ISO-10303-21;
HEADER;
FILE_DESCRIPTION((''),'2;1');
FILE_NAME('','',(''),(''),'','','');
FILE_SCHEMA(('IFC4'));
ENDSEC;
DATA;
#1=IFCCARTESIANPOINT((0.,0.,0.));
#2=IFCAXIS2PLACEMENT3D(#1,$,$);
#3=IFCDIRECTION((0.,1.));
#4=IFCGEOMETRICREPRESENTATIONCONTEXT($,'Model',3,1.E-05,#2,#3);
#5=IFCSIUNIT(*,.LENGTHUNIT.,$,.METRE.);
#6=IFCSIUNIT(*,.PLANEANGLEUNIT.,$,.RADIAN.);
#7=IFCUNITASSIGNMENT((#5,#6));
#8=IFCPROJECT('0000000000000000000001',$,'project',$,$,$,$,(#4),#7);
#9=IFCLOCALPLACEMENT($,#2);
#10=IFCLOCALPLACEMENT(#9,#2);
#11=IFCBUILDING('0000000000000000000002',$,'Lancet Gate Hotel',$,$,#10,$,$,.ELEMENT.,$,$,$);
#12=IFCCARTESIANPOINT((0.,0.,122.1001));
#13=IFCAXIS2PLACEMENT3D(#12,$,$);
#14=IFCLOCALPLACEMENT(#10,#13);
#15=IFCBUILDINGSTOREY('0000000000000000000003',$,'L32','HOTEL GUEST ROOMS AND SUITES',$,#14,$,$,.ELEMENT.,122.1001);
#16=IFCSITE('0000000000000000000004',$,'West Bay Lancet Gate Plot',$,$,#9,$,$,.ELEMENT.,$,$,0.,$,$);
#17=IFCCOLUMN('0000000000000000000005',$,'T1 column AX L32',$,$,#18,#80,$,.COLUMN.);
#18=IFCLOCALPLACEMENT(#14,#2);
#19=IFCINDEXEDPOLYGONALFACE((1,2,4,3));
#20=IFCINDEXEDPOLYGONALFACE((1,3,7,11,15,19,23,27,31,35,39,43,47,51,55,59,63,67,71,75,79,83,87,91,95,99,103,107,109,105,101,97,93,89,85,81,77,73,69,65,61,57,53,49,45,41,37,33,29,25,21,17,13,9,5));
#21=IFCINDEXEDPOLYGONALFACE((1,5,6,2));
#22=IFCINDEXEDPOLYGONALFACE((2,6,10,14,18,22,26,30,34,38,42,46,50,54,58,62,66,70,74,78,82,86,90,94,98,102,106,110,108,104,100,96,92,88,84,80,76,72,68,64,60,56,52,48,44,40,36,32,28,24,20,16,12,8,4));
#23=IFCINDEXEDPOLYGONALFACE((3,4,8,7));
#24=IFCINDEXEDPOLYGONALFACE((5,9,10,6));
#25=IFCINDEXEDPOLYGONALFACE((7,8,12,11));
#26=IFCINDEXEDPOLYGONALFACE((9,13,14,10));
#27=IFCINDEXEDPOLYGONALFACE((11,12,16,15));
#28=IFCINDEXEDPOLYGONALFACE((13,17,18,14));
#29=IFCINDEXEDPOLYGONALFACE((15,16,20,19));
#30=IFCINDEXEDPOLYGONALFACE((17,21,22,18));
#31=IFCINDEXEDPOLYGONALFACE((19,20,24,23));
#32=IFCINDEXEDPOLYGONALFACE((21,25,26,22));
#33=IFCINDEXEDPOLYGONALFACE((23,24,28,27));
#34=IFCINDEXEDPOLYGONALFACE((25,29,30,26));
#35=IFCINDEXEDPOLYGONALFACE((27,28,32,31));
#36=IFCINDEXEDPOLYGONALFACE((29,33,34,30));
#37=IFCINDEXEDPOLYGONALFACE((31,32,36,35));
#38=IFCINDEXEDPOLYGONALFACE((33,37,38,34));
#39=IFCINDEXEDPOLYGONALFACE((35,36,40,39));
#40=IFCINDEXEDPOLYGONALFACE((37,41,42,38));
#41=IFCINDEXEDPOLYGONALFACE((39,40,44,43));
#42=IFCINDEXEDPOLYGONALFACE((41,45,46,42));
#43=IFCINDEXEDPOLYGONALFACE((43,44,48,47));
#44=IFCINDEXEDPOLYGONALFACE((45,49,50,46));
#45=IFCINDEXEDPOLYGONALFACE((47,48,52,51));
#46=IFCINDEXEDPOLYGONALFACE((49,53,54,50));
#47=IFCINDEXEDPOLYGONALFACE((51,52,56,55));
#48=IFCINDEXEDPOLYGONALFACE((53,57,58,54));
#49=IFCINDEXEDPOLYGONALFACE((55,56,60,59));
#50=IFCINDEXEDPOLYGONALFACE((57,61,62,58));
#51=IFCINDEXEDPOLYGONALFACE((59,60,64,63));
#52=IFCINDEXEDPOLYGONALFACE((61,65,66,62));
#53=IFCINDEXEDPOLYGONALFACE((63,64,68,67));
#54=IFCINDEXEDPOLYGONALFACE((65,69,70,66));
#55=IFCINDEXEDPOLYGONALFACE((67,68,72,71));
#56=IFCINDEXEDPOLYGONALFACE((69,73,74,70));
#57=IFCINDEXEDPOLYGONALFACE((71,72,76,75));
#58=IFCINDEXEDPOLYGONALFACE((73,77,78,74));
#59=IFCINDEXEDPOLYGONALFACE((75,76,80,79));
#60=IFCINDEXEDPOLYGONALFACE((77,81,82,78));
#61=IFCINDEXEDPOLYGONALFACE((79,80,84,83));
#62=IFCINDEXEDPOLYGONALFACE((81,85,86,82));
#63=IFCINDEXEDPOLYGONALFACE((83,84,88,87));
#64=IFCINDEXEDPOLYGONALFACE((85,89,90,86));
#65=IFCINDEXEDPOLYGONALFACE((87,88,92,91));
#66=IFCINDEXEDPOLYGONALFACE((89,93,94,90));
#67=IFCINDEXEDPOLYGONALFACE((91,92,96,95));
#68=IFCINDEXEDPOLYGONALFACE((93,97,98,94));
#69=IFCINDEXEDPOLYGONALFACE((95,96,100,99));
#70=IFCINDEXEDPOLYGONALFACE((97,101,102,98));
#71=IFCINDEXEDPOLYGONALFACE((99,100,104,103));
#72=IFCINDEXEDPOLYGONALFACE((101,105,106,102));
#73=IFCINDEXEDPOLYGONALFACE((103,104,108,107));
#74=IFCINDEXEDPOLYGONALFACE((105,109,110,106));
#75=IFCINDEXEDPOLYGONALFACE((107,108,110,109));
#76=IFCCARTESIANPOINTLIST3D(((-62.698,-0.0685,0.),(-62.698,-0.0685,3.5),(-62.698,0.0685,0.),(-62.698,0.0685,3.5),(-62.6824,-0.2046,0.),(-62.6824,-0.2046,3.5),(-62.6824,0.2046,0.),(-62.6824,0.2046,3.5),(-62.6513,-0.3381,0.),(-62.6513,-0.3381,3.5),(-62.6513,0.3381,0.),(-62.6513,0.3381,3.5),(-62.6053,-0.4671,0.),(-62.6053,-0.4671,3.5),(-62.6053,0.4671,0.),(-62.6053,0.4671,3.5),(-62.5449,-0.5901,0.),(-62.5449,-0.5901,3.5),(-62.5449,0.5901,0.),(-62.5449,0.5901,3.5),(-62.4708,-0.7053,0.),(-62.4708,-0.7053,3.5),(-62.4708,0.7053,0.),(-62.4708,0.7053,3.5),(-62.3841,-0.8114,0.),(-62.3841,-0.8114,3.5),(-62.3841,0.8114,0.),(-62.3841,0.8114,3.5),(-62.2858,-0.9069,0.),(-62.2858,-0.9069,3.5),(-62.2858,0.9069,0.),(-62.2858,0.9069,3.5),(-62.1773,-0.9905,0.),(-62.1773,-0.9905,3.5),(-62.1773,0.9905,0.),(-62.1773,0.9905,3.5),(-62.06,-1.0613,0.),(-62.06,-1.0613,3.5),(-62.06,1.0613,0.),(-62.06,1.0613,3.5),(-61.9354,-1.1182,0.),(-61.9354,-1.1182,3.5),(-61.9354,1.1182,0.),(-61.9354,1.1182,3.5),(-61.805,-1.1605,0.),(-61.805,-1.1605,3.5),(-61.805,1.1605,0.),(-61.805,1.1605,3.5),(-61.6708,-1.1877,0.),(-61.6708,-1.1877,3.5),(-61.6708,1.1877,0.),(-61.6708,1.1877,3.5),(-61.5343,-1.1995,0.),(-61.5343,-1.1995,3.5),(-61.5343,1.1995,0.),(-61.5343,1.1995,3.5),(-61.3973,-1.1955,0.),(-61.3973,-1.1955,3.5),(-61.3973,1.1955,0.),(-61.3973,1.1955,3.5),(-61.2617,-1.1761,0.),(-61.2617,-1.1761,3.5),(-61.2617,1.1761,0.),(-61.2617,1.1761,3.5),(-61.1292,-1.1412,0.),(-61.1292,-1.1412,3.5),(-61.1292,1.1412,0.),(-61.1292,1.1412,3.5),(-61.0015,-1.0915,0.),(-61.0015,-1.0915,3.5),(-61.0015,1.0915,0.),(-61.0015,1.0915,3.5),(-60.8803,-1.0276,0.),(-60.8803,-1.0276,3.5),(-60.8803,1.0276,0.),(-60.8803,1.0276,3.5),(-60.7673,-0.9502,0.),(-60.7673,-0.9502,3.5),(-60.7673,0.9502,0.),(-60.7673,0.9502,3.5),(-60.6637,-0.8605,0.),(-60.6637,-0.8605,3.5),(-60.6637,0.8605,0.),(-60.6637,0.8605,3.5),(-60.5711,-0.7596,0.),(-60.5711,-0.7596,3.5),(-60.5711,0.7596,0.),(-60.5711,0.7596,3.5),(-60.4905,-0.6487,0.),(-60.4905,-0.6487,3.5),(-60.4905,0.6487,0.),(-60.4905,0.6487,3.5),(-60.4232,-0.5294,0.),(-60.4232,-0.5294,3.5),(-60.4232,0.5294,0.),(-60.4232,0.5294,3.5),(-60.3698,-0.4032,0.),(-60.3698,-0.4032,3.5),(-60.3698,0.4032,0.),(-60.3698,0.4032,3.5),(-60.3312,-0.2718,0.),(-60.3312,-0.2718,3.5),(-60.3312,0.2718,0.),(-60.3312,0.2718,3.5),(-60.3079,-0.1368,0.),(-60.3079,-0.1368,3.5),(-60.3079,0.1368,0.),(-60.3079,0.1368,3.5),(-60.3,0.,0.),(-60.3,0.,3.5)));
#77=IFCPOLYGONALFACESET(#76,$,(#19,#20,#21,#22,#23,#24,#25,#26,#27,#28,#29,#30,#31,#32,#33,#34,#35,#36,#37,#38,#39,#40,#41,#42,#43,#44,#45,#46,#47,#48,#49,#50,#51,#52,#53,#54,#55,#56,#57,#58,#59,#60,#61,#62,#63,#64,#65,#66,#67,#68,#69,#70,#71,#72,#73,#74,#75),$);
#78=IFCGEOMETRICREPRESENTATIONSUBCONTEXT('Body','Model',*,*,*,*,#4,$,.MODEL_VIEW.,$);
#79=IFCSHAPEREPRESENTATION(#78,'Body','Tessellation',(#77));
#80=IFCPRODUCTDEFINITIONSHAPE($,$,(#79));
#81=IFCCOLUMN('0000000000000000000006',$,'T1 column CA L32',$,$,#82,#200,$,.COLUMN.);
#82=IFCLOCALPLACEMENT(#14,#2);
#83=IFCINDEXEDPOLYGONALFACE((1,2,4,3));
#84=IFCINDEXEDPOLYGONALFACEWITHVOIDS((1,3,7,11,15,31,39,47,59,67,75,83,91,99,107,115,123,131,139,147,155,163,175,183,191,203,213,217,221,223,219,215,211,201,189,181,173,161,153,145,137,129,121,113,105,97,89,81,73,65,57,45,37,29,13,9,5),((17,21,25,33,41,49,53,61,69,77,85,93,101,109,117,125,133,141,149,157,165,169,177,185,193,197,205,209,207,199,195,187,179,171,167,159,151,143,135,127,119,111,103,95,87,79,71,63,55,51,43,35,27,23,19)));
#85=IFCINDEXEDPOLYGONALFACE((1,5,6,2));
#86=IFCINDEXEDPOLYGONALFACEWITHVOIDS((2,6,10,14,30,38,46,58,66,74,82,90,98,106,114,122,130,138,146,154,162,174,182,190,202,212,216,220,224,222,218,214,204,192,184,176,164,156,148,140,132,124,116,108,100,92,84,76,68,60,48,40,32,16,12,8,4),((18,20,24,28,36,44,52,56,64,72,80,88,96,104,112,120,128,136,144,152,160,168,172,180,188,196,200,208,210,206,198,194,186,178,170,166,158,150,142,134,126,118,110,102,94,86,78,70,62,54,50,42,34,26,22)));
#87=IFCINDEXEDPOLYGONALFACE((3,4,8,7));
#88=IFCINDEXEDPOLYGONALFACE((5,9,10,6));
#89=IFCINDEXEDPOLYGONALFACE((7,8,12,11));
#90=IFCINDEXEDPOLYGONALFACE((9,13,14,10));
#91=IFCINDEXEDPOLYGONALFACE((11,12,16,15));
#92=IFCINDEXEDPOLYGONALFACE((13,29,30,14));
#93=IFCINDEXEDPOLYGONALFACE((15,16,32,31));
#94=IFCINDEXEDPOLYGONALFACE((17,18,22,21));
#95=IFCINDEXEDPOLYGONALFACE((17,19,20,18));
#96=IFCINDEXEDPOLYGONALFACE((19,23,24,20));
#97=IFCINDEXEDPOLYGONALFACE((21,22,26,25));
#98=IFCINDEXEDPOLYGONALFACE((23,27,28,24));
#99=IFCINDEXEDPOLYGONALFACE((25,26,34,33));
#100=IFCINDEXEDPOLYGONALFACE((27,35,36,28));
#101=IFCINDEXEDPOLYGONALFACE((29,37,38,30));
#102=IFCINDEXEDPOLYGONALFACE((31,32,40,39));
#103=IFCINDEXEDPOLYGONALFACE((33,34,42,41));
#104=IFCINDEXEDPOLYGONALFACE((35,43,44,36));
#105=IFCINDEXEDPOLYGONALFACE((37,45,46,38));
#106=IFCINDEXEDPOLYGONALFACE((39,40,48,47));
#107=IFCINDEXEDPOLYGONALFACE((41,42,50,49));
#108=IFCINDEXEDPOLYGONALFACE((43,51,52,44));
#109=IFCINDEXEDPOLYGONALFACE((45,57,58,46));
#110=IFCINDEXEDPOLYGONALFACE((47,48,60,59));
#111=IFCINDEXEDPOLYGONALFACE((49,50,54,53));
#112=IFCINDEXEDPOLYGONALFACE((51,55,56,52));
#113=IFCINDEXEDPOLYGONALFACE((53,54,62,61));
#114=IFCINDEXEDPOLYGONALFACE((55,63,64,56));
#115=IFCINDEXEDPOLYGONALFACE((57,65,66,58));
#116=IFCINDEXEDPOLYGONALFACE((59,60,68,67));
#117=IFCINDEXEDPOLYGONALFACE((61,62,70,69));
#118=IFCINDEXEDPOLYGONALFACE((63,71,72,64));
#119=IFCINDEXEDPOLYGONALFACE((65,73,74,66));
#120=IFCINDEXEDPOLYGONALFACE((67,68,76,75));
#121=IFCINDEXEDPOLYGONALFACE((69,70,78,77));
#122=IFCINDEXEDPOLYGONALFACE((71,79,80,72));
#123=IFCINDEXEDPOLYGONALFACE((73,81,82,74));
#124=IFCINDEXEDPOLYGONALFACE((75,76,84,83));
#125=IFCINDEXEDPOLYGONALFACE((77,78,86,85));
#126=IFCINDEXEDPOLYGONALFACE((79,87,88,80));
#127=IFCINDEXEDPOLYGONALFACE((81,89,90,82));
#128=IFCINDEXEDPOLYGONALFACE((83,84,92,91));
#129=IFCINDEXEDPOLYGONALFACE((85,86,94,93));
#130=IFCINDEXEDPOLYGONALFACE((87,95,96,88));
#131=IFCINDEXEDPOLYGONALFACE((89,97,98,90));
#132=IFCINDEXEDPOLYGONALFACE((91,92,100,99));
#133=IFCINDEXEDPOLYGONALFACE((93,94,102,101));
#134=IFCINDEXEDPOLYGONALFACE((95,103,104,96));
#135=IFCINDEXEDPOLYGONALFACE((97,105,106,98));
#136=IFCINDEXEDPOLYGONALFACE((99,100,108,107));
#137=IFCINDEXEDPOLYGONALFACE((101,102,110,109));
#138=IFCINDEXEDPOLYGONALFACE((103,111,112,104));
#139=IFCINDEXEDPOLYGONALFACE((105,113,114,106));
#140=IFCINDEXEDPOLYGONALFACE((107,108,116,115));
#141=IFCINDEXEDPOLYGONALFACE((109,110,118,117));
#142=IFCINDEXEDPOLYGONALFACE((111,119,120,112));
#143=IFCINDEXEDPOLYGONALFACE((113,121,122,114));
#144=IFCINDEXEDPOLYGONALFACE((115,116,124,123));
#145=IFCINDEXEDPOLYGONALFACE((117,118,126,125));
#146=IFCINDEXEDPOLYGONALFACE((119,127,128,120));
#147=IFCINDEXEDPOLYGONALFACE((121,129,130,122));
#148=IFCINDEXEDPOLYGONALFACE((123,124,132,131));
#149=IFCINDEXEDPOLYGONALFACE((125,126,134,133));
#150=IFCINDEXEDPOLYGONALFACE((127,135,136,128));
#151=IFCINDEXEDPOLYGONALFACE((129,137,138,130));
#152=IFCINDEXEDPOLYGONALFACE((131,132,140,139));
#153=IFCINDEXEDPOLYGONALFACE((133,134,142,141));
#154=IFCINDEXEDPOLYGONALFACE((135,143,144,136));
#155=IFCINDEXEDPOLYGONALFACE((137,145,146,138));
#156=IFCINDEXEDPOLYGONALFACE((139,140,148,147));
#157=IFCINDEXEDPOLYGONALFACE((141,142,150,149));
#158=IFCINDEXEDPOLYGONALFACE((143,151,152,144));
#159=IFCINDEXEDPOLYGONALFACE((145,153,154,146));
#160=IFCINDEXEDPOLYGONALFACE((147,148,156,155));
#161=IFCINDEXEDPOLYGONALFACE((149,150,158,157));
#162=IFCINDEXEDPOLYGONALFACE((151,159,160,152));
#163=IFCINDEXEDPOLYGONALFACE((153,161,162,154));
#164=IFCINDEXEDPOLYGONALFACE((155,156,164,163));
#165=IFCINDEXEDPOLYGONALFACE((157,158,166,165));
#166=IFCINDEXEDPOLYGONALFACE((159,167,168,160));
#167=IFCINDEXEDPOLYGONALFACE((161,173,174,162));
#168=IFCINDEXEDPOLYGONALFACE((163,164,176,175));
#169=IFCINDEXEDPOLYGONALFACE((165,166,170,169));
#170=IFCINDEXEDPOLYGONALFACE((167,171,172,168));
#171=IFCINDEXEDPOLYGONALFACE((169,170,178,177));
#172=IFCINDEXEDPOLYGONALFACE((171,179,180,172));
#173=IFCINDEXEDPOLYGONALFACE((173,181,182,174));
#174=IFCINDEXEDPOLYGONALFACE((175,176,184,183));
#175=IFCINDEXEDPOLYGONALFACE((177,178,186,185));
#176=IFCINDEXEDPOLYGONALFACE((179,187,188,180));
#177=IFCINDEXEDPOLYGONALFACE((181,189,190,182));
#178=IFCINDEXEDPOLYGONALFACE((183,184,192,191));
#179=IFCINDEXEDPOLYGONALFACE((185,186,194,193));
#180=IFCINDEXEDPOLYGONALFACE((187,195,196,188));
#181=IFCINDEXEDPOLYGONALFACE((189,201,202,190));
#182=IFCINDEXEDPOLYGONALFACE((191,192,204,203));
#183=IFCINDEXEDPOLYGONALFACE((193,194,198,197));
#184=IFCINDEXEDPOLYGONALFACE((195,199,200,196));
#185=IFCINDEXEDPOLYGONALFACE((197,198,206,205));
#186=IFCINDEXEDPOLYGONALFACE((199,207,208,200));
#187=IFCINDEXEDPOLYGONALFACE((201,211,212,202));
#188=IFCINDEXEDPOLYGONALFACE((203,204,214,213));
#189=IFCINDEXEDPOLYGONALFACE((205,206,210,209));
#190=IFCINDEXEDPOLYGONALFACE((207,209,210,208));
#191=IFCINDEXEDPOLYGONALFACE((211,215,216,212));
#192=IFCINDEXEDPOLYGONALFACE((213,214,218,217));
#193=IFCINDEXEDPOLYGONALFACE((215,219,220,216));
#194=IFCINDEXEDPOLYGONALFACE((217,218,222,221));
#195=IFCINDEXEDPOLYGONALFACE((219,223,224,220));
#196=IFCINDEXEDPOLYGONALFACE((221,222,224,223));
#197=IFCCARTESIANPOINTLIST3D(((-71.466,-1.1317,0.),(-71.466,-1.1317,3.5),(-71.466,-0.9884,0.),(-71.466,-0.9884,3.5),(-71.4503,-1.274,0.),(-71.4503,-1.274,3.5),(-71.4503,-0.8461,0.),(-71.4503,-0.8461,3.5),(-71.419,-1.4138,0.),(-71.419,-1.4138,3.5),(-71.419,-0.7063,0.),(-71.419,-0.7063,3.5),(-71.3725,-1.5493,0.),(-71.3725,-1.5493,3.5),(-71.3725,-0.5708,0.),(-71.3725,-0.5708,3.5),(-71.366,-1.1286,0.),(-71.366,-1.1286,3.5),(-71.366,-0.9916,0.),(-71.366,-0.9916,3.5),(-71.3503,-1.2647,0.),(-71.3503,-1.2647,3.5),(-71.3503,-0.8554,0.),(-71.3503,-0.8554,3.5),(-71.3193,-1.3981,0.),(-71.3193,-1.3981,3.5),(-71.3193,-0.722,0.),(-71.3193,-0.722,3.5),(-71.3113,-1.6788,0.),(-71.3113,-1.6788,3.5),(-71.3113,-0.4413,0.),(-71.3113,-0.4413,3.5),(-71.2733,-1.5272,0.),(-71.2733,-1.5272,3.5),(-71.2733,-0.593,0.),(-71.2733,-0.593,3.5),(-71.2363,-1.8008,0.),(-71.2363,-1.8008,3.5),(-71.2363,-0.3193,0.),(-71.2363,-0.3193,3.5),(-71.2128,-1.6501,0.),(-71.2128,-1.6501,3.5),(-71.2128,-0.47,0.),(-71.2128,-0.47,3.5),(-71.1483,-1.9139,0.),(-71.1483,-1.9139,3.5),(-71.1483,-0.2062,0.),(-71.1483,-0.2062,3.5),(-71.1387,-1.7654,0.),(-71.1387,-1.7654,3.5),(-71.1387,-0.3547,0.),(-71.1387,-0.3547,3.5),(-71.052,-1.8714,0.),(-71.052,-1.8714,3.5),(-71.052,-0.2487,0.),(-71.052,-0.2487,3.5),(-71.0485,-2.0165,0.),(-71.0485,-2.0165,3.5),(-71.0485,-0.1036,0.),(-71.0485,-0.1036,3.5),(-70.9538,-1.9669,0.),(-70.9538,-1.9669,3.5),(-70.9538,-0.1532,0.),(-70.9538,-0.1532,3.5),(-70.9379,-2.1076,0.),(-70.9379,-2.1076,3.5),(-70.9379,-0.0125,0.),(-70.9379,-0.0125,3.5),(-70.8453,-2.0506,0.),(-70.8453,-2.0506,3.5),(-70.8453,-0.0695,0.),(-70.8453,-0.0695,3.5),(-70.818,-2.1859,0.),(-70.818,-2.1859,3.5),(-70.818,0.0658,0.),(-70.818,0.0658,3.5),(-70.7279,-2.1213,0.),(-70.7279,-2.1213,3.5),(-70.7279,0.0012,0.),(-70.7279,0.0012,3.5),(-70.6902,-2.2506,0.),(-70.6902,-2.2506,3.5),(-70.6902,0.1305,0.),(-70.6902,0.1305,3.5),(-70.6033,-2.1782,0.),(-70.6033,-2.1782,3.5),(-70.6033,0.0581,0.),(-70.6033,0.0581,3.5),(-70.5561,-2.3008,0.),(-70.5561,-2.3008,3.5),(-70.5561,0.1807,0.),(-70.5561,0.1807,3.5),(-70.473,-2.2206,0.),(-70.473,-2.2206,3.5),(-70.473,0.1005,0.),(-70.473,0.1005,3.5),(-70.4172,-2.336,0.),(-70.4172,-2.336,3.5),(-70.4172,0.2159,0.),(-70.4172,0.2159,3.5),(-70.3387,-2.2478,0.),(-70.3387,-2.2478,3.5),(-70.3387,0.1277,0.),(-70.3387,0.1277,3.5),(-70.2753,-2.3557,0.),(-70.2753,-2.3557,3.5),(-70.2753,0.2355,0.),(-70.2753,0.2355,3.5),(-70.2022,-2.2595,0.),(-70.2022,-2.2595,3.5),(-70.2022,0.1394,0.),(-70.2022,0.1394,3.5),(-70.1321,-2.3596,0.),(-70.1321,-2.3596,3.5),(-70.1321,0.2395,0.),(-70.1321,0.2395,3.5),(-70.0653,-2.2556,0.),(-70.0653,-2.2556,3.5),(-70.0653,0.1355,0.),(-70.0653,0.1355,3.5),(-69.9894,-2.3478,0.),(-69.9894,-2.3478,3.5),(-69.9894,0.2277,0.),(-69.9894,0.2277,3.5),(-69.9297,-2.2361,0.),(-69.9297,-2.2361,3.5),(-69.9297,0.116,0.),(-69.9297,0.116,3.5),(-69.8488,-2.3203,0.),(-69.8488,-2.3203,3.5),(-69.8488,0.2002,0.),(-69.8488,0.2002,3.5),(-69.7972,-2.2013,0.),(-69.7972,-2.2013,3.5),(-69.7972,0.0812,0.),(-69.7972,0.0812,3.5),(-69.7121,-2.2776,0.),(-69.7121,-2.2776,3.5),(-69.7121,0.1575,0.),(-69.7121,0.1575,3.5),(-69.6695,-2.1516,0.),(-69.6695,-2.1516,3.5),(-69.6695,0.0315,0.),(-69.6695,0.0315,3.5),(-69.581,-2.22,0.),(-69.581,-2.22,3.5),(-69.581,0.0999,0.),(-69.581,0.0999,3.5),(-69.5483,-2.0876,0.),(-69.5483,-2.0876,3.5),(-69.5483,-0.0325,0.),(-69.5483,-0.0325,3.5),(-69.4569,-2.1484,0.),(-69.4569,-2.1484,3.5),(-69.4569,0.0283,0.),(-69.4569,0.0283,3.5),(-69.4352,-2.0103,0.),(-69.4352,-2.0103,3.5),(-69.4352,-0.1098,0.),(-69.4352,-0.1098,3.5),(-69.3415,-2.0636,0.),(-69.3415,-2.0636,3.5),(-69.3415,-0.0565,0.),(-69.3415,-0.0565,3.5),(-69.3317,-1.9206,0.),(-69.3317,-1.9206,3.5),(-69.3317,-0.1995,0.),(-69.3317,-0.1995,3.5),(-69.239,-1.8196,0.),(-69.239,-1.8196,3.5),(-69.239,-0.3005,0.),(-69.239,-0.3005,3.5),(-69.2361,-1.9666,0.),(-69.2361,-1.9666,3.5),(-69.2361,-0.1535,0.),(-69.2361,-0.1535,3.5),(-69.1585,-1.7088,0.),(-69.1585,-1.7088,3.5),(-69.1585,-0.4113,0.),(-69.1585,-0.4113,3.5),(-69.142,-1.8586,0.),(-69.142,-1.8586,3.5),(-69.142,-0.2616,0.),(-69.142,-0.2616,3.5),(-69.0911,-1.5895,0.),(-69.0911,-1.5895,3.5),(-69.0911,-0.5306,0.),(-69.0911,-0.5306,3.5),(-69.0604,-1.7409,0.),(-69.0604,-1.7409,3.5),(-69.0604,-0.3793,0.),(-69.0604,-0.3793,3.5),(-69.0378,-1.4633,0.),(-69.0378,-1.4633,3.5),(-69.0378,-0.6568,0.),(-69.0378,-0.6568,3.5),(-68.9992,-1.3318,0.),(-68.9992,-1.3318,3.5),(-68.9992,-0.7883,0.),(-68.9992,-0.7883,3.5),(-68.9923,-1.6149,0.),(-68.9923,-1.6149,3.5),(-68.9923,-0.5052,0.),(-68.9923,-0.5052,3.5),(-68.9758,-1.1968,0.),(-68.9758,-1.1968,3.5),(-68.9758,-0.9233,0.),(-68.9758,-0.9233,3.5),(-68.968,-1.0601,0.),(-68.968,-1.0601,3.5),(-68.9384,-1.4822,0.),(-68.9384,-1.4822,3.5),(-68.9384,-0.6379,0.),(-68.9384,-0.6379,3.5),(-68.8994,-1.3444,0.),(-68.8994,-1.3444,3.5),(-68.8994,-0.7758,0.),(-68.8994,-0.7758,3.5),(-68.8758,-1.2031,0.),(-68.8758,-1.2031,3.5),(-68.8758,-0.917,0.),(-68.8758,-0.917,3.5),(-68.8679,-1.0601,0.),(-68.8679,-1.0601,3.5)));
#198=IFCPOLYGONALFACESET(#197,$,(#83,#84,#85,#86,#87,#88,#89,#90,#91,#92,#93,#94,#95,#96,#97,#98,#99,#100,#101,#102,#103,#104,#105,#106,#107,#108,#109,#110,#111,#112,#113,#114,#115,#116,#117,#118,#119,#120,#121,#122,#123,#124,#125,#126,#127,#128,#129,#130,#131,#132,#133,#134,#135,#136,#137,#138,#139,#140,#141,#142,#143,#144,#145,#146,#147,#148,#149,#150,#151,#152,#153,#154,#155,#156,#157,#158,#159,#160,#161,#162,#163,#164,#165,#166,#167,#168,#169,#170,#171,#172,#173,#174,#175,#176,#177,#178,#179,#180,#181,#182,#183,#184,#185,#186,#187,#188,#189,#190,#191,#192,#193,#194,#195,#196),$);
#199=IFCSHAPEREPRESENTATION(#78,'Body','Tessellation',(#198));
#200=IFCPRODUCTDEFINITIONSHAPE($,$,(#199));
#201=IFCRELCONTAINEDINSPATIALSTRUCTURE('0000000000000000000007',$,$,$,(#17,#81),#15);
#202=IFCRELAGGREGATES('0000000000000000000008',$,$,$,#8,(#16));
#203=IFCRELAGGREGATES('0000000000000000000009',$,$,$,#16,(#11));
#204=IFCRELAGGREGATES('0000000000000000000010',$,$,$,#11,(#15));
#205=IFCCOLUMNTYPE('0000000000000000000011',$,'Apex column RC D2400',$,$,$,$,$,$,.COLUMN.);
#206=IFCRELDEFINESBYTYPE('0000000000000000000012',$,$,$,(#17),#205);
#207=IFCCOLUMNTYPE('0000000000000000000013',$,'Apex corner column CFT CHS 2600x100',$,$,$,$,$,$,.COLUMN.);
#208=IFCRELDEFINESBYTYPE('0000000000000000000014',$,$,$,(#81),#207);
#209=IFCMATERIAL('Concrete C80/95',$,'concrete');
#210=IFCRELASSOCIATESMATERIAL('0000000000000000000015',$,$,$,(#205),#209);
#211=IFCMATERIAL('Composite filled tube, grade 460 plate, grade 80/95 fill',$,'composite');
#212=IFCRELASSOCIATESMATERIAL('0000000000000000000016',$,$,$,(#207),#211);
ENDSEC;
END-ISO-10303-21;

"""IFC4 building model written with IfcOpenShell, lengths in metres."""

from ifc_helpers import new_model, si_unit, direction, frame, origin, origin_2d, place, context, subcontext, project, spatial, circle, hollow_circle, extrude, material, material_profile, profile_set, type_object, element, save


model = new_model("IFC4")

# Units and contexts
model_context = context("Model", 3, precision=1e-05, world=origin(), true_north=direction((0.0, 1.0)))
body_context = subcontext(model_context, "Body", "Model", "MODEL_VIEW")
ifc_project = project(units=[si_unit("LENGTHUNIT", "METRE"), si_unit("PLANEANGLEUNIT", "RADIAN")], contexts=[model_context])

# Site, building, storey
site_placement = place(None, origin())
site = spatial("IfcSite", under=ifc_project, at=site_placement, Name="West Bay Lancet Gate Plot", CompositionType="ELEMENT", RefElevation=0.0)
building_placement = place(site_placement, origin())
building = spatial("IfcBuilding", under=site, at=building_placement, Name="Lancet Gate Hotel", CompositionType="ELEMENT")
storey_placement = place(building_placement, frame((0.0, 0.0, 122.1001)))
storey = spatial("IfcBuildingStorey", under=building, at=storey_placement, Name="L32", Description="HOTEL GUEST ROOMS AND SUITES", CompositionType="ELEMENT", Elevation=122.1001)

# Columns
ifc_material_1 = material(Name="Concrete C80/95", Category="concrete")
ifc_material_profile_1 = material_profile(ifc_material_1, circle(Radius=1.2, at=origin_2d()), Name="RC D2400")
ifc_profile_set_1 = profile_set([ifc_material_profile_1], Name="Concrete C80/95")
column_type_1 = type_object("IfcColumnType", Name="Apex column RC D2400", PredefinedType="COLUMN", material=ifc_profile_set_1)
column_1_placement = place(storey_placement, frame((-61.5, 0.0, 0.0), z_axis=(0.0, 0.0, 1.0), x_axis=(1.0, 0.0, 0.0)))
element("IfcColumn", 1, at=column_1_placement, inside=storey, type_object=column_type_1, Name="T1 column AX L32", PredefinedType="COLUMN", context=body_context, shape_type="SweptSolid", body=[
    extrude(circle(Radius=1.2, at=origin_2d()), origin(), (0.0, 0.0, 1.0), 3.5),
])
ifc_material_2 = material(Name="Composite filled tube, grade 460 plate, grade 80/95 fill", Category="composite")
ifc_material_profile_2 = material_profile(ifc_material_2, hollow_circle(Radius=1.3, WallThickness=0.1001, at=origin_2d()), Name="CHS 2600x100")
ifc_profile_set_2 = profile_set([ifc_material_profile_2], Name="Composite filled tube, grade 460 plate, grade 80/95 fill")
column_type_2 = type_object("IfcColumnType", Name="Apex corner column CFT CHS 2600x100", PredefinedType="COLUMN", material=ifc_profile_set_2)
column_2_placement = place(storey_placement, frame((-70.168, -1.0601, 0.0), z_axis=(0.0, 0.0, 1.0), x_axis=(1.0, 0.0, 0.0)))
element("IfcColumn", 2, at=column_2_placement, inside=storey, type_object=column_type_2, Name="T1 column CA L32", PredefinedType="COLUMN", context=body_context, shape_type="SweptSolid", body=[
    extrude(hollow_circle(Radius=1.3, WallThickness=0.1001, at=origin_2d()), origin(), (0.0, 0.0, 1.0), 3.5),
])

save(model, "model.ifc")
